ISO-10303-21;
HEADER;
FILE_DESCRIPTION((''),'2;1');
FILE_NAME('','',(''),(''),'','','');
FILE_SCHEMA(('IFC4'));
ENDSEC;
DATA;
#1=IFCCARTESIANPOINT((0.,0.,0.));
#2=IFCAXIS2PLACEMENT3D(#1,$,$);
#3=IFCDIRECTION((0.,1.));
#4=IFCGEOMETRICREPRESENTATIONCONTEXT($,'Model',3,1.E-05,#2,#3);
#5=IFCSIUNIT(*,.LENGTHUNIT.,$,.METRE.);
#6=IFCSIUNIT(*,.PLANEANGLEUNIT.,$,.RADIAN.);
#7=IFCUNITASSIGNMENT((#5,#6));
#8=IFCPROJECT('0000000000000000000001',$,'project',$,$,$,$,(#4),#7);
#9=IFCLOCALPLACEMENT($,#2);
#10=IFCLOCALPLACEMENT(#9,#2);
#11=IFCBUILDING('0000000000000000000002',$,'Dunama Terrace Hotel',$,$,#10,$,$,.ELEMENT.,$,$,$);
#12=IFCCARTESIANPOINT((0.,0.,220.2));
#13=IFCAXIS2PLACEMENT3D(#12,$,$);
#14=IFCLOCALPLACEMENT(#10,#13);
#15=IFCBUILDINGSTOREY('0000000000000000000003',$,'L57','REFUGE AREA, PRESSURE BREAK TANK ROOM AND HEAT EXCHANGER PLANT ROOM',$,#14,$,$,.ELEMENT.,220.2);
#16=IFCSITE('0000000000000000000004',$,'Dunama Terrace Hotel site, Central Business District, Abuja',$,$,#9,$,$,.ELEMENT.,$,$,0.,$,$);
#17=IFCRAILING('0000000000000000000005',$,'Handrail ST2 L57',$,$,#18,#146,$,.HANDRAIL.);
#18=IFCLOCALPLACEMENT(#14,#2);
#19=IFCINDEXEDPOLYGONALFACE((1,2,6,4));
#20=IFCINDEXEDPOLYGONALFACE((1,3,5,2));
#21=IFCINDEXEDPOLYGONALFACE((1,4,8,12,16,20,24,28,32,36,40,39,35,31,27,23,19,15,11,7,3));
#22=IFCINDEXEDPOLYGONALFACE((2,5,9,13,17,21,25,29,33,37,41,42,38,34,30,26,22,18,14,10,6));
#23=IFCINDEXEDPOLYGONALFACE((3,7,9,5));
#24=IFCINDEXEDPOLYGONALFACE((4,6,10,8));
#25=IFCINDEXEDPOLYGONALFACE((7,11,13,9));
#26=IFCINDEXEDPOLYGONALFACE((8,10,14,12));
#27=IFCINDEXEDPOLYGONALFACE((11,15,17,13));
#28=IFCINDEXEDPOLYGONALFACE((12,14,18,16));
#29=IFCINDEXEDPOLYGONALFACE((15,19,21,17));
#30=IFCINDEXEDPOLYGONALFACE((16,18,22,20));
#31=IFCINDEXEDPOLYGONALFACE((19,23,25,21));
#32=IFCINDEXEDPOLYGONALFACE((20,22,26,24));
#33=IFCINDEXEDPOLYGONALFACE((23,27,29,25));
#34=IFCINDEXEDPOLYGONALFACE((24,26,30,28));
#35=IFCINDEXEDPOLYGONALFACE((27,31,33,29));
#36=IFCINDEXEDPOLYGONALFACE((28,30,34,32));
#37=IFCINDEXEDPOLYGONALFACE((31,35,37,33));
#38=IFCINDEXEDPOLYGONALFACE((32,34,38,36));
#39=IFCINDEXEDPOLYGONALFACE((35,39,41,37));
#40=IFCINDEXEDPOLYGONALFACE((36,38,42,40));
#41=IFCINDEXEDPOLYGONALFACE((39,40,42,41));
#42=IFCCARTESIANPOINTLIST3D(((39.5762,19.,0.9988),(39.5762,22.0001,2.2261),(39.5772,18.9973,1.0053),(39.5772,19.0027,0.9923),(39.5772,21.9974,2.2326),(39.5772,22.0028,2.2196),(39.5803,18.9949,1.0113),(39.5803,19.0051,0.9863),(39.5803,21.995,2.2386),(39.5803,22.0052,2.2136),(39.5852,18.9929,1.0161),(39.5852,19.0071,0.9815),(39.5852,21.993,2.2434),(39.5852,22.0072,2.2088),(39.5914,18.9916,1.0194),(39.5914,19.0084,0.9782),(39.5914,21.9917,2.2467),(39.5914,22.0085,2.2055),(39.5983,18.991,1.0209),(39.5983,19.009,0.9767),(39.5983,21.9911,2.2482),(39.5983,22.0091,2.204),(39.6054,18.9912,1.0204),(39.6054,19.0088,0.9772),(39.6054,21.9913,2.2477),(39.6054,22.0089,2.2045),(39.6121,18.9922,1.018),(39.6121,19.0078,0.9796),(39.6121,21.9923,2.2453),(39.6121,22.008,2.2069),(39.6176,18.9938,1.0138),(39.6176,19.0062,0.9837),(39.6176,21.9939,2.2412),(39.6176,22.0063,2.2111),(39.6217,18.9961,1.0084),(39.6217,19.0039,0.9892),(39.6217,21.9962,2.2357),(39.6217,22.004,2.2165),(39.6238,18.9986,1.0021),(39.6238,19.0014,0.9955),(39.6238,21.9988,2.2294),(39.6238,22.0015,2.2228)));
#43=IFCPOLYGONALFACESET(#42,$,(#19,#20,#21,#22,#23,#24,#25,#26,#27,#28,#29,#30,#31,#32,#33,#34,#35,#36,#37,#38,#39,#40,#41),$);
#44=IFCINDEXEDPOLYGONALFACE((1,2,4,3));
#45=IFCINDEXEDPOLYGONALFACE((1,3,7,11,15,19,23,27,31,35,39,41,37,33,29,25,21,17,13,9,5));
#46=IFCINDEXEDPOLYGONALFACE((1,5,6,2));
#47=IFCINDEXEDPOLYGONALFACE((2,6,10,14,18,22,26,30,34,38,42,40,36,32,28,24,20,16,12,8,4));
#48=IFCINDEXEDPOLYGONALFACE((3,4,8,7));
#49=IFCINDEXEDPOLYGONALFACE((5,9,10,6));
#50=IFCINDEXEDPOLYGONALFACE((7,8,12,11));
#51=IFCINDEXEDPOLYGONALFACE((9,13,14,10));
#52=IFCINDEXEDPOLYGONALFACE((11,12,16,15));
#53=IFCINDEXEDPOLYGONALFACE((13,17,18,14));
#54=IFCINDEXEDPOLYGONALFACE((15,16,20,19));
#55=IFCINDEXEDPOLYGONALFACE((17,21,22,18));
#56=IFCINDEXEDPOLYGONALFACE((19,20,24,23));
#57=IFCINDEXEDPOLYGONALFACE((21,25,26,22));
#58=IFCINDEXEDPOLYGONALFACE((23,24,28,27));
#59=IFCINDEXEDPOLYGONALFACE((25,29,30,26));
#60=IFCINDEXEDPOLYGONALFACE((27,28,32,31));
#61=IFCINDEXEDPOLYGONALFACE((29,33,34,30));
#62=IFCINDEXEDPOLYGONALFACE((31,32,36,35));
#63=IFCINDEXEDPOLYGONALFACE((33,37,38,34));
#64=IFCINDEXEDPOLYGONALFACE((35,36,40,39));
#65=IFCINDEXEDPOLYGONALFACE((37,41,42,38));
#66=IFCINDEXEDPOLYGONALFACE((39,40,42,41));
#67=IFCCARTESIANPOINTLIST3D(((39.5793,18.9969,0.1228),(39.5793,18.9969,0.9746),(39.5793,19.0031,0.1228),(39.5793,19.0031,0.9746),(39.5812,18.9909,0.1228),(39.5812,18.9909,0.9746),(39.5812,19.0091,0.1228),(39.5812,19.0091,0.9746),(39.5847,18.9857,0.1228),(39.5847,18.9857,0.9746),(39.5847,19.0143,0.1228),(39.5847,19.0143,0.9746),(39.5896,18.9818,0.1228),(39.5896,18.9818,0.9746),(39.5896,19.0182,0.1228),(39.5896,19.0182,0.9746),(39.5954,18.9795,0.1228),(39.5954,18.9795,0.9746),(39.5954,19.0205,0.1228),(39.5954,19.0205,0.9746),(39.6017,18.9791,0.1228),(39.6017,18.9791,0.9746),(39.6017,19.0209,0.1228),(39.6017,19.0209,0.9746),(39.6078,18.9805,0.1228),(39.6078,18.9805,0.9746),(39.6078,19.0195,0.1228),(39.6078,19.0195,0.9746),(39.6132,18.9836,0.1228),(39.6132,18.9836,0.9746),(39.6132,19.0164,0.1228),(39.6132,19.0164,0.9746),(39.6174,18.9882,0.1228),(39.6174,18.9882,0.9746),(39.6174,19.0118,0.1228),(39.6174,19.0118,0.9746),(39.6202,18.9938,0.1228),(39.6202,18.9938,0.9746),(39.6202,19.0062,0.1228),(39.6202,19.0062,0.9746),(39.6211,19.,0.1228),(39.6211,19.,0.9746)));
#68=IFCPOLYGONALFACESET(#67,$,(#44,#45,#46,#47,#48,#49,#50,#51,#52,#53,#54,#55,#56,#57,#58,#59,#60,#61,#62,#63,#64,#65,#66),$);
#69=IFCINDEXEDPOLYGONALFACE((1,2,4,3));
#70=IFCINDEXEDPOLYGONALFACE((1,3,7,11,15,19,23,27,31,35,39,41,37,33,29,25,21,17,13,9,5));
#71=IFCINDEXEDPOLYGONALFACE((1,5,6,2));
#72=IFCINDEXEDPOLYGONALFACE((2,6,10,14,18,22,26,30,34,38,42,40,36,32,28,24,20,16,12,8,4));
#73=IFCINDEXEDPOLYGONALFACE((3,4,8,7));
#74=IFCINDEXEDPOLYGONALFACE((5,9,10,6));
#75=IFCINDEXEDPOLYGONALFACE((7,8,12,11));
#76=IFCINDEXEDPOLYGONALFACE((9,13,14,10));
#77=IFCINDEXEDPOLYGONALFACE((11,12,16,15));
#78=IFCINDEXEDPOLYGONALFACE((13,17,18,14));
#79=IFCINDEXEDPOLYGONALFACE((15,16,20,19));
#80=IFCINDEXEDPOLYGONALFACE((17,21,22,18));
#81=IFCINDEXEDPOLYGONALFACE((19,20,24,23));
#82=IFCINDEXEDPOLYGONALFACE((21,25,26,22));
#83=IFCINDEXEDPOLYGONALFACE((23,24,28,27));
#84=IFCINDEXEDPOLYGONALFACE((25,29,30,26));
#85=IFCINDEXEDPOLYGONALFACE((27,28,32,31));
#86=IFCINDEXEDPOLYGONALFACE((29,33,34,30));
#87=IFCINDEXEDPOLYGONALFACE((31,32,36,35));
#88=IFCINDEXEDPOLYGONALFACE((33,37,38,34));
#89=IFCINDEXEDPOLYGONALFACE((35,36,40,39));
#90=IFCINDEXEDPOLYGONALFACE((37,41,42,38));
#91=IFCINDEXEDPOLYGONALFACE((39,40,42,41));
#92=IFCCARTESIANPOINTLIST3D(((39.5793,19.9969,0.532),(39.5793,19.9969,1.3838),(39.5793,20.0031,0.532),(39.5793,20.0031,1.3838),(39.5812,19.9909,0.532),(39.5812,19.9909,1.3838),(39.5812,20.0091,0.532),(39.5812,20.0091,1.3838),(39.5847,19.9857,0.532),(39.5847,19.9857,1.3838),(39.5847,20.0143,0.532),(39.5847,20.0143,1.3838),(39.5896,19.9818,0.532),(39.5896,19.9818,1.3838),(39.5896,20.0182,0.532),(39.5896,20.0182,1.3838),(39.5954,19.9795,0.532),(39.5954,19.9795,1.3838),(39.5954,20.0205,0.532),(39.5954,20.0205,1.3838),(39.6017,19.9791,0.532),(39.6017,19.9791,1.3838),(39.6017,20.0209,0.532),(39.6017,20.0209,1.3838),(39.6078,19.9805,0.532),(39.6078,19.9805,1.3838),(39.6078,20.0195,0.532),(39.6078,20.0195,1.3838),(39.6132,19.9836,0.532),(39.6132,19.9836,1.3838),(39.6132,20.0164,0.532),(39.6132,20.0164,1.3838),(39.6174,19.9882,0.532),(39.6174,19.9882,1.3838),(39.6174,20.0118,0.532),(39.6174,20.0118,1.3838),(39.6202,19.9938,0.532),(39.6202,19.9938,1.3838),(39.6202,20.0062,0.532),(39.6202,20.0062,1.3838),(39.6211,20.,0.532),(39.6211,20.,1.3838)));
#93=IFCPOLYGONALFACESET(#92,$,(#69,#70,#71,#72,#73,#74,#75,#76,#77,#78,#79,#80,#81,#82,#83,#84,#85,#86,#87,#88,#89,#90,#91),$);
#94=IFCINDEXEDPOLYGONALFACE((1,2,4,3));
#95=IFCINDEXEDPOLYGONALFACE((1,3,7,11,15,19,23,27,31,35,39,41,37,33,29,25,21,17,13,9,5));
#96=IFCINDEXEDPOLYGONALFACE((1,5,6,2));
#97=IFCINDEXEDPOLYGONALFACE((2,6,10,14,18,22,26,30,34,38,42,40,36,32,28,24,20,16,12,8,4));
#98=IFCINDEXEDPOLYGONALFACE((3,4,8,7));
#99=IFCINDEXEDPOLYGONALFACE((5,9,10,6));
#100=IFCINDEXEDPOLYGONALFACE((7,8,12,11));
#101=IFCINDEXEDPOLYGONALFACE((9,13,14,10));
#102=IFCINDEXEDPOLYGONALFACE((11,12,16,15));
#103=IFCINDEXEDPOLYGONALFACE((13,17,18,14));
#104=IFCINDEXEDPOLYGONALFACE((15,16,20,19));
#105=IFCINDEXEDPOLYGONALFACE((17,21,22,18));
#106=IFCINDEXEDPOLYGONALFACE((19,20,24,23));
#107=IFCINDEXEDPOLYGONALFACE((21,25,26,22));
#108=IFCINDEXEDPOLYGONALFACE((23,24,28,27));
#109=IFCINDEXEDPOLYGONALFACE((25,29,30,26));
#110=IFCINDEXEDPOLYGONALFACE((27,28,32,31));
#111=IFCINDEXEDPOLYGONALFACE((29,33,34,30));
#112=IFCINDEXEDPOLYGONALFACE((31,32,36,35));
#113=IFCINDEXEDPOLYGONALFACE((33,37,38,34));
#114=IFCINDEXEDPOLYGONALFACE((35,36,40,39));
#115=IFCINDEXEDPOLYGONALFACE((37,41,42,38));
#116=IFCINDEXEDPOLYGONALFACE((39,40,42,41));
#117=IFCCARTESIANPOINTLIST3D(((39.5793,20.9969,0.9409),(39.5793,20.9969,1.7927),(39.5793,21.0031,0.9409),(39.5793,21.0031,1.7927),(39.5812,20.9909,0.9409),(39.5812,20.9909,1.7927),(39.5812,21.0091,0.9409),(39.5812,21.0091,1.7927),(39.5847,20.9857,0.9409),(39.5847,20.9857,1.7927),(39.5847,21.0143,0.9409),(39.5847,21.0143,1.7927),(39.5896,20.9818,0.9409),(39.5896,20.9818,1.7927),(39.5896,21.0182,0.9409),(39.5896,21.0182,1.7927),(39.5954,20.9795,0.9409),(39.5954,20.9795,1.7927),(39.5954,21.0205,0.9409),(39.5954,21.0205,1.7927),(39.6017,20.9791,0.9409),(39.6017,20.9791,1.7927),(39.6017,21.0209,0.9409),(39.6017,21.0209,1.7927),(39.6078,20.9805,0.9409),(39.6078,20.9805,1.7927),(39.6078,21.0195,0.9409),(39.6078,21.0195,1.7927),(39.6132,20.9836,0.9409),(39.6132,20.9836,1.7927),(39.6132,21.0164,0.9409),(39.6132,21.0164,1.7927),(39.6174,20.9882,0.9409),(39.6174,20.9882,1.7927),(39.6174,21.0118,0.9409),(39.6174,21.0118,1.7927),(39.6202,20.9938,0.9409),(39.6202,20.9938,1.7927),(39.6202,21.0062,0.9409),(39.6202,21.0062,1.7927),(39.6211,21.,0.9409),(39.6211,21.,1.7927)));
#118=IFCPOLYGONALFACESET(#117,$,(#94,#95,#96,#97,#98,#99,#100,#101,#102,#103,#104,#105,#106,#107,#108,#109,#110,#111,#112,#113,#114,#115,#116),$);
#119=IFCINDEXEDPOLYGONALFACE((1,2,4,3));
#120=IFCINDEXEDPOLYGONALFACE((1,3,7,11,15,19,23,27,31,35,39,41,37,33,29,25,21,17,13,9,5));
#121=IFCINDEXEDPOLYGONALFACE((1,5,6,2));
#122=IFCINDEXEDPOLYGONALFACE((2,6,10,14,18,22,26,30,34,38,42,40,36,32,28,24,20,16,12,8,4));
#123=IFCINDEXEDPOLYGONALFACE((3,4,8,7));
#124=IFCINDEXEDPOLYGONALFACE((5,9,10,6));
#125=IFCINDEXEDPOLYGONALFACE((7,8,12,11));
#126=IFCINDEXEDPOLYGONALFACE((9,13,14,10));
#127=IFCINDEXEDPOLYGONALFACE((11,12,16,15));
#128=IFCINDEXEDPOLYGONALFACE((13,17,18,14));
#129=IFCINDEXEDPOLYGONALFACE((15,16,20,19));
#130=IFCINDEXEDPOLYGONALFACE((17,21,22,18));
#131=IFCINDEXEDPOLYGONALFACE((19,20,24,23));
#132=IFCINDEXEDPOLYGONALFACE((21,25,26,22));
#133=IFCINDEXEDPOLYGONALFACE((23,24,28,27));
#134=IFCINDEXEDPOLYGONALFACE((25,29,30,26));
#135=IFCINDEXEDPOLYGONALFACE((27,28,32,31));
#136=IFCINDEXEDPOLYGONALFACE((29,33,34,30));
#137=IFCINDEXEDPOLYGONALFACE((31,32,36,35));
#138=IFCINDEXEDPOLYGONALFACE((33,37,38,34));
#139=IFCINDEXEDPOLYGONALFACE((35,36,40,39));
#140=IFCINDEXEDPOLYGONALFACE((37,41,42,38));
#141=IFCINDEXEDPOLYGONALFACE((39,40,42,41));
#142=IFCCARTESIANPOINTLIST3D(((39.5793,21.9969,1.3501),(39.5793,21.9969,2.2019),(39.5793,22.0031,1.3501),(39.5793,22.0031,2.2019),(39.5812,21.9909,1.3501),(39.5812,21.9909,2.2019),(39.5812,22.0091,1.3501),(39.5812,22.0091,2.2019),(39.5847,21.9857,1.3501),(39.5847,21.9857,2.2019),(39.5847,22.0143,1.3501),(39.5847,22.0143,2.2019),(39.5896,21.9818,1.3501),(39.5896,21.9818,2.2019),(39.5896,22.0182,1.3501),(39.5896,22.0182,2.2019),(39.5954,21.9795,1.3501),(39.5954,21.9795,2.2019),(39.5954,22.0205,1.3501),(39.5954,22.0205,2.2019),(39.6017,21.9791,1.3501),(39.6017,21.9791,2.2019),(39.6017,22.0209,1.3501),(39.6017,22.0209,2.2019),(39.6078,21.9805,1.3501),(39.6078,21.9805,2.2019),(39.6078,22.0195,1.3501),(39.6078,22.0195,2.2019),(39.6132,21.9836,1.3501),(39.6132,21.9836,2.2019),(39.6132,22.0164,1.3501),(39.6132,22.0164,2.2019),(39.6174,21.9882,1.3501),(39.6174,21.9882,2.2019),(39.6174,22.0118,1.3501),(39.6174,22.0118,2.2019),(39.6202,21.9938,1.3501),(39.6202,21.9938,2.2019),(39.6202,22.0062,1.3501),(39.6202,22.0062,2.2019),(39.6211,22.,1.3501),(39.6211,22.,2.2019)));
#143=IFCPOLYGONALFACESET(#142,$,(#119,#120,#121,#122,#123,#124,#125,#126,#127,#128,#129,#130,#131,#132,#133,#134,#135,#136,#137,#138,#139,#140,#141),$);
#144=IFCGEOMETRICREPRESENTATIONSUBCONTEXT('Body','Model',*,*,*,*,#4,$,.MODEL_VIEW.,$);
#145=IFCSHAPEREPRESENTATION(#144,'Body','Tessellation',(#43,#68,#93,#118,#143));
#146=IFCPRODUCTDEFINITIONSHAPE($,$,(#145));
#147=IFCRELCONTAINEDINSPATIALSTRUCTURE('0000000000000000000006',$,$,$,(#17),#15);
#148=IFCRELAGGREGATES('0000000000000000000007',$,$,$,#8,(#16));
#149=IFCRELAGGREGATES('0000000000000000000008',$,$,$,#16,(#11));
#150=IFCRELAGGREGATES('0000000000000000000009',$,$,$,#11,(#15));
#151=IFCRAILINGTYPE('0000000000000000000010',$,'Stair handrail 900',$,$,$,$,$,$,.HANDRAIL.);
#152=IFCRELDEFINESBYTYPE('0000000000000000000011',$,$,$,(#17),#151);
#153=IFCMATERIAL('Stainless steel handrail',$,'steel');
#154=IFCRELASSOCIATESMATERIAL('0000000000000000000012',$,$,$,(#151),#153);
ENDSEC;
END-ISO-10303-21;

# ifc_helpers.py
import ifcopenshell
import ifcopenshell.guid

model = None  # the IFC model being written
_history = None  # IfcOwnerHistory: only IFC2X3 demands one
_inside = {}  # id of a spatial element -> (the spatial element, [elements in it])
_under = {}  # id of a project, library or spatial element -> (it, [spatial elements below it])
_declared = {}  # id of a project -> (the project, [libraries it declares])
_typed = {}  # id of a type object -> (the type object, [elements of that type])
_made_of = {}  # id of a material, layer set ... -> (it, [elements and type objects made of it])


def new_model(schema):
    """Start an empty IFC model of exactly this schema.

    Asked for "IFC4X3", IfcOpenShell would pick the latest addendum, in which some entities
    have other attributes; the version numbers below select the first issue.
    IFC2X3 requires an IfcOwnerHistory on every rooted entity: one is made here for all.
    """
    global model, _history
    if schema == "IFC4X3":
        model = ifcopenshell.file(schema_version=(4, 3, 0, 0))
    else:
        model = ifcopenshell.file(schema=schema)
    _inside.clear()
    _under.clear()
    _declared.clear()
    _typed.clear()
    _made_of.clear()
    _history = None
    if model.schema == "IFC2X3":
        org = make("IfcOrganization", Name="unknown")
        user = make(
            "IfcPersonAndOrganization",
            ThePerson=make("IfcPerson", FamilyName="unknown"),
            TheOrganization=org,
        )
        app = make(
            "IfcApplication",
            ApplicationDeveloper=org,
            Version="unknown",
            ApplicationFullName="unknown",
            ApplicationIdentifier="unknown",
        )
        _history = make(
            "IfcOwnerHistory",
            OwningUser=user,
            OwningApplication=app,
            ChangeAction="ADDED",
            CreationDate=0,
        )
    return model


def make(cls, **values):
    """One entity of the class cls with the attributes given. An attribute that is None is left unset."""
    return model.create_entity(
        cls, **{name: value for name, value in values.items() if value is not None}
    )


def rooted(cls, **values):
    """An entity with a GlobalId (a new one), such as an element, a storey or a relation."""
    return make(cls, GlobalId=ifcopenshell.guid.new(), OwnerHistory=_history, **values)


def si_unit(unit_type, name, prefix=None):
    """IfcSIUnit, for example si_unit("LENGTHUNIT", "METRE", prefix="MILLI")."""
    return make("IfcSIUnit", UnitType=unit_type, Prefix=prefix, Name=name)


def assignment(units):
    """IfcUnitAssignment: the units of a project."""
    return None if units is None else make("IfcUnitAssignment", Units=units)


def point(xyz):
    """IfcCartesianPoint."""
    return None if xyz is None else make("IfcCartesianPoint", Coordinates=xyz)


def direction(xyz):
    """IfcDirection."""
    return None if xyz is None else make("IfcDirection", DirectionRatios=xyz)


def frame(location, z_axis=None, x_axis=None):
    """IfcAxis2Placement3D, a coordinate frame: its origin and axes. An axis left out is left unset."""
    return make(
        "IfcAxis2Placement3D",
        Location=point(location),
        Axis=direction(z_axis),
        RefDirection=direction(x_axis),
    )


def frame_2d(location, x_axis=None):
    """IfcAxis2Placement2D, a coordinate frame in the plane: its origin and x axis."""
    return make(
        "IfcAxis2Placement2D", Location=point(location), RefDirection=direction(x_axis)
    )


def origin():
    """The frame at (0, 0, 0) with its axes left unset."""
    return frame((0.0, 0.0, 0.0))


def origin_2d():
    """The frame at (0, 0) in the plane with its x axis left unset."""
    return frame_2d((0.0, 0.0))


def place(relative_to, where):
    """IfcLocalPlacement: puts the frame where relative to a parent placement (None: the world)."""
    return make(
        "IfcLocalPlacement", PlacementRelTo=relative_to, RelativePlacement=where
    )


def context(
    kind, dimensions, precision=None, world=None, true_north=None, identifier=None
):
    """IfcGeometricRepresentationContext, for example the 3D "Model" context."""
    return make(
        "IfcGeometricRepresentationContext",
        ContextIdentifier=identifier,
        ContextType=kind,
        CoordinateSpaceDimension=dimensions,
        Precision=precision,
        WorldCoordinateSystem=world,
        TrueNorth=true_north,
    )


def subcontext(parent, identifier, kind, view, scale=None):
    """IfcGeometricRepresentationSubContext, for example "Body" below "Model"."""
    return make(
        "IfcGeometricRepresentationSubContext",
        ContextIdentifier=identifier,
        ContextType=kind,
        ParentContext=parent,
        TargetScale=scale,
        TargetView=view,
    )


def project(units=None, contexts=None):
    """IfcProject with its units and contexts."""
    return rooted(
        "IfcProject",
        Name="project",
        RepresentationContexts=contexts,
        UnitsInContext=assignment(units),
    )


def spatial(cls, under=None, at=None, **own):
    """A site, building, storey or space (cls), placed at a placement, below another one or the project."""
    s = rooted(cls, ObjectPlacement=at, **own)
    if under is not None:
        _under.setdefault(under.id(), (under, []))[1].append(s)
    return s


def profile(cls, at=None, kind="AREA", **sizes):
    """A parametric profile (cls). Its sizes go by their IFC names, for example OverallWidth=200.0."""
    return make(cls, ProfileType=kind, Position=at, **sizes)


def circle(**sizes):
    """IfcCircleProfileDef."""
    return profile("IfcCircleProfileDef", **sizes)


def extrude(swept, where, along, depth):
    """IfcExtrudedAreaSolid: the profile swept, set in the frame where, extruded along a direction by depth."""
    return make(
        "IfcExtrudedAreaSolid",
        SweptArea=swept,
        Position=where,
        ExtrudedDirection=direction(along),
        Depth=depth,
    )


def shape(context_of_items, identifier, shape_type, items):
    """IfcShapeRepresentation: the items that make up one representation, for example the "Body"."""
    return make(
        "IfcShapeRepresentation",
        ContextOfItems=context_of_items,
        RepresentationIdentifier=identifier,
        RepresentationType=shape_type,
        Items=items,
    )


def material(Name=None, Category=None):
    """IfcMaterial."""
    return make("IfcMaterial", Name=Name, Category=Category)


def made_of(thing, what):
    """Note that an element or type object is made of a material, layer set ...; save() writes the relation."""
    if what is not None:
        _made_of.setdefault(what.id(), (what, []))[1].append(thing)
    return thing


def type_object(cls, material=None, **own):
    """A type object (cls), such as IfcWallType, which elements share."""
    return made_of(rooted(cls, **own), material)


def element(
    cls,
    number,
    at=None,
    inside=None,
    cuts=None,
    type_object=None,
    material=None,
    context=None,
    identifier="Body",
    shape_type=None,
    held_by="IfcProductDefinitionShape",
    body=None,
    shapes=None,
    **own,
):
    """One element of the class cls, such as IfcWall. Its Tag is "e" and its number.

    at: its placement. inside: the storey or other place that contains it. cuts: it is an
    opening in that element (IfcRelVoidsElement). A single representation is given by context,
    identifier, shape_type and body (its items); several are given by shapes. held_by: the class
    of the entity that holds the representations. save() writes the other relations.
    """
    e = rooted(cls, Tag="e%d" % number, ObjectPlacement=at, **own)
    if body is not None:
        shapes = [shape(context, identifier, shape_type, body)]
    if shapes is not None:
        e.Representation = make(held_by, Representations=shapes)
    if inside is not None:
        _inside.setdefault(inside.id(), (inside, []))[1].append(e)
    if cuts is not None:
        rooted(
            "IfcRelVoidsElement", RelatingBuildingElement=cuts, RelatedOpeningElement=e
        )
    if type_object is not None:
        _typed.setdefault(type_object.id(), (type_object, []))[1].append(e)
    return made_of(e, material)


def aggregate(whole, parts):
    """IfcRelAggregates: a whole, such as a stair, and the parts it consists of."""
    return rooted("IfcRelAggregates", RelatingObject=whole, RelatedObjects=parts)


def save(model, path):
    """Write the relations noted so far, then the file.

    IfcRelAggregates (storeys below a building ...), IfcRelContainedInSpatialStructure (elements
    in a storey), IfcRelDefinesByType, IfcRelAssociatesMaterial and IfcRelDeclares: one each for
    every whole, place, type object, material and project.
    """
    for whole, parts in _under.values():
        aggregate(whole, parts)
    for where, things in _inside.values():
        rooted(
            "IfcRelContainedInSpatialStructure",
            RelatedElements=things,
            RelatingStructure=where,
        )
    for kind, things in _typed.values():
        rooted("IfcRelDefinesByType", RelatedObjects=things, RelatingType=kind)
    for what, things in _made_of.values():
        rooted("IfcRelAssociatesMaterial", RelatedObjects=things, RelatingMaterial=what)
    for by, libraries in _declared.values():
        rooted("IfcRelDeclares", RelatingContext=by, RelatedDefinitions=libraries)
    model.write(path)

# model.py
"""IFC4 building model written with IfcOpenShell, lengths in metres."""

from ifc_helpers import new_model, si_unit, direction, frame, origin, origin_2d, place, context, subcontext, project, spatial, circle, extrude, material, type_object, element, save


model = new_model("IFC4")

# Units and contexts
model_context = context("Model", 3, precision=1e-05, world=origin(), true_north=direction((0.0, 1.0)))
body_context = subcontext(model_context, "Body", "Model", "MODEL_VIEW")
ifc_project = project(units=[si_unit("LENGTHUNIT", "METRE"), si_unit("PLANEANGLEUNIT", "RADIAN")], contexts=[model_context])

# Site, building, storey
site_placement = place(None, origin())
site = spatial("IfcSite", under=ifc_project, at=site_placement, Name="Dunama Terrace Hotel site, Central Business District, Abuja", CompositionType="ELEMENT", RefElevation=0.0)
building_placement = place(site_placement, origin())
building = spatial("IfcBuilding", under=site, at=building_placement, Name="Dunama Terrace Hotel", CompositionType="ELEMENT")
storey_placement = place(building_placement, frame((0.0, 0.0, 220.2)))
storey = spatial("IfcBuildingStorey", under=building, at=storey_placement, Name="L57", Description="REFUGE AREA, PRESSURE BREAK TANK ROOM AND HEAT EXCHANGER PLANT ROOM", CompositionType="ELEMENT", Elevation=220.2)

# Railing
ifc_material_1 = material(Name="Stainless steel handrail", Category="steel")
railing_type = type_object("IfcRailingType", Name="Stair handrail 900", PredefinedType="HANDRAIL", material=ifc_material_1)
railing_1_placement = place(storey_placement, frame((39.6001, 19.0, 0.1228)))
element("IfcRailing", 1, at=railing_1_placement, inside=storey, type_object=railing_type, Name="Handrail ST2 L57", PredefinedType="HANDRAIL", context=body_context, shape_type="SweptSolid", body=[
    extrude(circle(Radius=0.0239, at=origin_2d()), frame((0.0, 0.0, 0.876), z_axis=(0.0, 0.925545, 0.378639), x_axis=(-1.0, 0.0, 0.0)), (0.0, 0.0, 1.0), 3.2415),
    extrude(circle(Radius=0.021, at=origin_2d()), origin(), (0.0, 0.0, 1.0), 0.8518),
    extrude(circle(Radius=0.021, at=origin_2d()), frame((0.0, 1.0, 0.4092)), (0.0, 0.0, 1.0), 0.8518),
    extrude(circle(Radius=0.021, at=origin_2d()), frame((0.0, 2.0, 0.8181)), (0.0, 0.0, 1.0), 0.8518),
    extrude(circle(Radius=0.021, at=origin_2d()), frame((0.0, 3.0, 1.2273)), (0.0, 0.0, 1.0), 0.8518),
])

save(model, "model.ifc")
